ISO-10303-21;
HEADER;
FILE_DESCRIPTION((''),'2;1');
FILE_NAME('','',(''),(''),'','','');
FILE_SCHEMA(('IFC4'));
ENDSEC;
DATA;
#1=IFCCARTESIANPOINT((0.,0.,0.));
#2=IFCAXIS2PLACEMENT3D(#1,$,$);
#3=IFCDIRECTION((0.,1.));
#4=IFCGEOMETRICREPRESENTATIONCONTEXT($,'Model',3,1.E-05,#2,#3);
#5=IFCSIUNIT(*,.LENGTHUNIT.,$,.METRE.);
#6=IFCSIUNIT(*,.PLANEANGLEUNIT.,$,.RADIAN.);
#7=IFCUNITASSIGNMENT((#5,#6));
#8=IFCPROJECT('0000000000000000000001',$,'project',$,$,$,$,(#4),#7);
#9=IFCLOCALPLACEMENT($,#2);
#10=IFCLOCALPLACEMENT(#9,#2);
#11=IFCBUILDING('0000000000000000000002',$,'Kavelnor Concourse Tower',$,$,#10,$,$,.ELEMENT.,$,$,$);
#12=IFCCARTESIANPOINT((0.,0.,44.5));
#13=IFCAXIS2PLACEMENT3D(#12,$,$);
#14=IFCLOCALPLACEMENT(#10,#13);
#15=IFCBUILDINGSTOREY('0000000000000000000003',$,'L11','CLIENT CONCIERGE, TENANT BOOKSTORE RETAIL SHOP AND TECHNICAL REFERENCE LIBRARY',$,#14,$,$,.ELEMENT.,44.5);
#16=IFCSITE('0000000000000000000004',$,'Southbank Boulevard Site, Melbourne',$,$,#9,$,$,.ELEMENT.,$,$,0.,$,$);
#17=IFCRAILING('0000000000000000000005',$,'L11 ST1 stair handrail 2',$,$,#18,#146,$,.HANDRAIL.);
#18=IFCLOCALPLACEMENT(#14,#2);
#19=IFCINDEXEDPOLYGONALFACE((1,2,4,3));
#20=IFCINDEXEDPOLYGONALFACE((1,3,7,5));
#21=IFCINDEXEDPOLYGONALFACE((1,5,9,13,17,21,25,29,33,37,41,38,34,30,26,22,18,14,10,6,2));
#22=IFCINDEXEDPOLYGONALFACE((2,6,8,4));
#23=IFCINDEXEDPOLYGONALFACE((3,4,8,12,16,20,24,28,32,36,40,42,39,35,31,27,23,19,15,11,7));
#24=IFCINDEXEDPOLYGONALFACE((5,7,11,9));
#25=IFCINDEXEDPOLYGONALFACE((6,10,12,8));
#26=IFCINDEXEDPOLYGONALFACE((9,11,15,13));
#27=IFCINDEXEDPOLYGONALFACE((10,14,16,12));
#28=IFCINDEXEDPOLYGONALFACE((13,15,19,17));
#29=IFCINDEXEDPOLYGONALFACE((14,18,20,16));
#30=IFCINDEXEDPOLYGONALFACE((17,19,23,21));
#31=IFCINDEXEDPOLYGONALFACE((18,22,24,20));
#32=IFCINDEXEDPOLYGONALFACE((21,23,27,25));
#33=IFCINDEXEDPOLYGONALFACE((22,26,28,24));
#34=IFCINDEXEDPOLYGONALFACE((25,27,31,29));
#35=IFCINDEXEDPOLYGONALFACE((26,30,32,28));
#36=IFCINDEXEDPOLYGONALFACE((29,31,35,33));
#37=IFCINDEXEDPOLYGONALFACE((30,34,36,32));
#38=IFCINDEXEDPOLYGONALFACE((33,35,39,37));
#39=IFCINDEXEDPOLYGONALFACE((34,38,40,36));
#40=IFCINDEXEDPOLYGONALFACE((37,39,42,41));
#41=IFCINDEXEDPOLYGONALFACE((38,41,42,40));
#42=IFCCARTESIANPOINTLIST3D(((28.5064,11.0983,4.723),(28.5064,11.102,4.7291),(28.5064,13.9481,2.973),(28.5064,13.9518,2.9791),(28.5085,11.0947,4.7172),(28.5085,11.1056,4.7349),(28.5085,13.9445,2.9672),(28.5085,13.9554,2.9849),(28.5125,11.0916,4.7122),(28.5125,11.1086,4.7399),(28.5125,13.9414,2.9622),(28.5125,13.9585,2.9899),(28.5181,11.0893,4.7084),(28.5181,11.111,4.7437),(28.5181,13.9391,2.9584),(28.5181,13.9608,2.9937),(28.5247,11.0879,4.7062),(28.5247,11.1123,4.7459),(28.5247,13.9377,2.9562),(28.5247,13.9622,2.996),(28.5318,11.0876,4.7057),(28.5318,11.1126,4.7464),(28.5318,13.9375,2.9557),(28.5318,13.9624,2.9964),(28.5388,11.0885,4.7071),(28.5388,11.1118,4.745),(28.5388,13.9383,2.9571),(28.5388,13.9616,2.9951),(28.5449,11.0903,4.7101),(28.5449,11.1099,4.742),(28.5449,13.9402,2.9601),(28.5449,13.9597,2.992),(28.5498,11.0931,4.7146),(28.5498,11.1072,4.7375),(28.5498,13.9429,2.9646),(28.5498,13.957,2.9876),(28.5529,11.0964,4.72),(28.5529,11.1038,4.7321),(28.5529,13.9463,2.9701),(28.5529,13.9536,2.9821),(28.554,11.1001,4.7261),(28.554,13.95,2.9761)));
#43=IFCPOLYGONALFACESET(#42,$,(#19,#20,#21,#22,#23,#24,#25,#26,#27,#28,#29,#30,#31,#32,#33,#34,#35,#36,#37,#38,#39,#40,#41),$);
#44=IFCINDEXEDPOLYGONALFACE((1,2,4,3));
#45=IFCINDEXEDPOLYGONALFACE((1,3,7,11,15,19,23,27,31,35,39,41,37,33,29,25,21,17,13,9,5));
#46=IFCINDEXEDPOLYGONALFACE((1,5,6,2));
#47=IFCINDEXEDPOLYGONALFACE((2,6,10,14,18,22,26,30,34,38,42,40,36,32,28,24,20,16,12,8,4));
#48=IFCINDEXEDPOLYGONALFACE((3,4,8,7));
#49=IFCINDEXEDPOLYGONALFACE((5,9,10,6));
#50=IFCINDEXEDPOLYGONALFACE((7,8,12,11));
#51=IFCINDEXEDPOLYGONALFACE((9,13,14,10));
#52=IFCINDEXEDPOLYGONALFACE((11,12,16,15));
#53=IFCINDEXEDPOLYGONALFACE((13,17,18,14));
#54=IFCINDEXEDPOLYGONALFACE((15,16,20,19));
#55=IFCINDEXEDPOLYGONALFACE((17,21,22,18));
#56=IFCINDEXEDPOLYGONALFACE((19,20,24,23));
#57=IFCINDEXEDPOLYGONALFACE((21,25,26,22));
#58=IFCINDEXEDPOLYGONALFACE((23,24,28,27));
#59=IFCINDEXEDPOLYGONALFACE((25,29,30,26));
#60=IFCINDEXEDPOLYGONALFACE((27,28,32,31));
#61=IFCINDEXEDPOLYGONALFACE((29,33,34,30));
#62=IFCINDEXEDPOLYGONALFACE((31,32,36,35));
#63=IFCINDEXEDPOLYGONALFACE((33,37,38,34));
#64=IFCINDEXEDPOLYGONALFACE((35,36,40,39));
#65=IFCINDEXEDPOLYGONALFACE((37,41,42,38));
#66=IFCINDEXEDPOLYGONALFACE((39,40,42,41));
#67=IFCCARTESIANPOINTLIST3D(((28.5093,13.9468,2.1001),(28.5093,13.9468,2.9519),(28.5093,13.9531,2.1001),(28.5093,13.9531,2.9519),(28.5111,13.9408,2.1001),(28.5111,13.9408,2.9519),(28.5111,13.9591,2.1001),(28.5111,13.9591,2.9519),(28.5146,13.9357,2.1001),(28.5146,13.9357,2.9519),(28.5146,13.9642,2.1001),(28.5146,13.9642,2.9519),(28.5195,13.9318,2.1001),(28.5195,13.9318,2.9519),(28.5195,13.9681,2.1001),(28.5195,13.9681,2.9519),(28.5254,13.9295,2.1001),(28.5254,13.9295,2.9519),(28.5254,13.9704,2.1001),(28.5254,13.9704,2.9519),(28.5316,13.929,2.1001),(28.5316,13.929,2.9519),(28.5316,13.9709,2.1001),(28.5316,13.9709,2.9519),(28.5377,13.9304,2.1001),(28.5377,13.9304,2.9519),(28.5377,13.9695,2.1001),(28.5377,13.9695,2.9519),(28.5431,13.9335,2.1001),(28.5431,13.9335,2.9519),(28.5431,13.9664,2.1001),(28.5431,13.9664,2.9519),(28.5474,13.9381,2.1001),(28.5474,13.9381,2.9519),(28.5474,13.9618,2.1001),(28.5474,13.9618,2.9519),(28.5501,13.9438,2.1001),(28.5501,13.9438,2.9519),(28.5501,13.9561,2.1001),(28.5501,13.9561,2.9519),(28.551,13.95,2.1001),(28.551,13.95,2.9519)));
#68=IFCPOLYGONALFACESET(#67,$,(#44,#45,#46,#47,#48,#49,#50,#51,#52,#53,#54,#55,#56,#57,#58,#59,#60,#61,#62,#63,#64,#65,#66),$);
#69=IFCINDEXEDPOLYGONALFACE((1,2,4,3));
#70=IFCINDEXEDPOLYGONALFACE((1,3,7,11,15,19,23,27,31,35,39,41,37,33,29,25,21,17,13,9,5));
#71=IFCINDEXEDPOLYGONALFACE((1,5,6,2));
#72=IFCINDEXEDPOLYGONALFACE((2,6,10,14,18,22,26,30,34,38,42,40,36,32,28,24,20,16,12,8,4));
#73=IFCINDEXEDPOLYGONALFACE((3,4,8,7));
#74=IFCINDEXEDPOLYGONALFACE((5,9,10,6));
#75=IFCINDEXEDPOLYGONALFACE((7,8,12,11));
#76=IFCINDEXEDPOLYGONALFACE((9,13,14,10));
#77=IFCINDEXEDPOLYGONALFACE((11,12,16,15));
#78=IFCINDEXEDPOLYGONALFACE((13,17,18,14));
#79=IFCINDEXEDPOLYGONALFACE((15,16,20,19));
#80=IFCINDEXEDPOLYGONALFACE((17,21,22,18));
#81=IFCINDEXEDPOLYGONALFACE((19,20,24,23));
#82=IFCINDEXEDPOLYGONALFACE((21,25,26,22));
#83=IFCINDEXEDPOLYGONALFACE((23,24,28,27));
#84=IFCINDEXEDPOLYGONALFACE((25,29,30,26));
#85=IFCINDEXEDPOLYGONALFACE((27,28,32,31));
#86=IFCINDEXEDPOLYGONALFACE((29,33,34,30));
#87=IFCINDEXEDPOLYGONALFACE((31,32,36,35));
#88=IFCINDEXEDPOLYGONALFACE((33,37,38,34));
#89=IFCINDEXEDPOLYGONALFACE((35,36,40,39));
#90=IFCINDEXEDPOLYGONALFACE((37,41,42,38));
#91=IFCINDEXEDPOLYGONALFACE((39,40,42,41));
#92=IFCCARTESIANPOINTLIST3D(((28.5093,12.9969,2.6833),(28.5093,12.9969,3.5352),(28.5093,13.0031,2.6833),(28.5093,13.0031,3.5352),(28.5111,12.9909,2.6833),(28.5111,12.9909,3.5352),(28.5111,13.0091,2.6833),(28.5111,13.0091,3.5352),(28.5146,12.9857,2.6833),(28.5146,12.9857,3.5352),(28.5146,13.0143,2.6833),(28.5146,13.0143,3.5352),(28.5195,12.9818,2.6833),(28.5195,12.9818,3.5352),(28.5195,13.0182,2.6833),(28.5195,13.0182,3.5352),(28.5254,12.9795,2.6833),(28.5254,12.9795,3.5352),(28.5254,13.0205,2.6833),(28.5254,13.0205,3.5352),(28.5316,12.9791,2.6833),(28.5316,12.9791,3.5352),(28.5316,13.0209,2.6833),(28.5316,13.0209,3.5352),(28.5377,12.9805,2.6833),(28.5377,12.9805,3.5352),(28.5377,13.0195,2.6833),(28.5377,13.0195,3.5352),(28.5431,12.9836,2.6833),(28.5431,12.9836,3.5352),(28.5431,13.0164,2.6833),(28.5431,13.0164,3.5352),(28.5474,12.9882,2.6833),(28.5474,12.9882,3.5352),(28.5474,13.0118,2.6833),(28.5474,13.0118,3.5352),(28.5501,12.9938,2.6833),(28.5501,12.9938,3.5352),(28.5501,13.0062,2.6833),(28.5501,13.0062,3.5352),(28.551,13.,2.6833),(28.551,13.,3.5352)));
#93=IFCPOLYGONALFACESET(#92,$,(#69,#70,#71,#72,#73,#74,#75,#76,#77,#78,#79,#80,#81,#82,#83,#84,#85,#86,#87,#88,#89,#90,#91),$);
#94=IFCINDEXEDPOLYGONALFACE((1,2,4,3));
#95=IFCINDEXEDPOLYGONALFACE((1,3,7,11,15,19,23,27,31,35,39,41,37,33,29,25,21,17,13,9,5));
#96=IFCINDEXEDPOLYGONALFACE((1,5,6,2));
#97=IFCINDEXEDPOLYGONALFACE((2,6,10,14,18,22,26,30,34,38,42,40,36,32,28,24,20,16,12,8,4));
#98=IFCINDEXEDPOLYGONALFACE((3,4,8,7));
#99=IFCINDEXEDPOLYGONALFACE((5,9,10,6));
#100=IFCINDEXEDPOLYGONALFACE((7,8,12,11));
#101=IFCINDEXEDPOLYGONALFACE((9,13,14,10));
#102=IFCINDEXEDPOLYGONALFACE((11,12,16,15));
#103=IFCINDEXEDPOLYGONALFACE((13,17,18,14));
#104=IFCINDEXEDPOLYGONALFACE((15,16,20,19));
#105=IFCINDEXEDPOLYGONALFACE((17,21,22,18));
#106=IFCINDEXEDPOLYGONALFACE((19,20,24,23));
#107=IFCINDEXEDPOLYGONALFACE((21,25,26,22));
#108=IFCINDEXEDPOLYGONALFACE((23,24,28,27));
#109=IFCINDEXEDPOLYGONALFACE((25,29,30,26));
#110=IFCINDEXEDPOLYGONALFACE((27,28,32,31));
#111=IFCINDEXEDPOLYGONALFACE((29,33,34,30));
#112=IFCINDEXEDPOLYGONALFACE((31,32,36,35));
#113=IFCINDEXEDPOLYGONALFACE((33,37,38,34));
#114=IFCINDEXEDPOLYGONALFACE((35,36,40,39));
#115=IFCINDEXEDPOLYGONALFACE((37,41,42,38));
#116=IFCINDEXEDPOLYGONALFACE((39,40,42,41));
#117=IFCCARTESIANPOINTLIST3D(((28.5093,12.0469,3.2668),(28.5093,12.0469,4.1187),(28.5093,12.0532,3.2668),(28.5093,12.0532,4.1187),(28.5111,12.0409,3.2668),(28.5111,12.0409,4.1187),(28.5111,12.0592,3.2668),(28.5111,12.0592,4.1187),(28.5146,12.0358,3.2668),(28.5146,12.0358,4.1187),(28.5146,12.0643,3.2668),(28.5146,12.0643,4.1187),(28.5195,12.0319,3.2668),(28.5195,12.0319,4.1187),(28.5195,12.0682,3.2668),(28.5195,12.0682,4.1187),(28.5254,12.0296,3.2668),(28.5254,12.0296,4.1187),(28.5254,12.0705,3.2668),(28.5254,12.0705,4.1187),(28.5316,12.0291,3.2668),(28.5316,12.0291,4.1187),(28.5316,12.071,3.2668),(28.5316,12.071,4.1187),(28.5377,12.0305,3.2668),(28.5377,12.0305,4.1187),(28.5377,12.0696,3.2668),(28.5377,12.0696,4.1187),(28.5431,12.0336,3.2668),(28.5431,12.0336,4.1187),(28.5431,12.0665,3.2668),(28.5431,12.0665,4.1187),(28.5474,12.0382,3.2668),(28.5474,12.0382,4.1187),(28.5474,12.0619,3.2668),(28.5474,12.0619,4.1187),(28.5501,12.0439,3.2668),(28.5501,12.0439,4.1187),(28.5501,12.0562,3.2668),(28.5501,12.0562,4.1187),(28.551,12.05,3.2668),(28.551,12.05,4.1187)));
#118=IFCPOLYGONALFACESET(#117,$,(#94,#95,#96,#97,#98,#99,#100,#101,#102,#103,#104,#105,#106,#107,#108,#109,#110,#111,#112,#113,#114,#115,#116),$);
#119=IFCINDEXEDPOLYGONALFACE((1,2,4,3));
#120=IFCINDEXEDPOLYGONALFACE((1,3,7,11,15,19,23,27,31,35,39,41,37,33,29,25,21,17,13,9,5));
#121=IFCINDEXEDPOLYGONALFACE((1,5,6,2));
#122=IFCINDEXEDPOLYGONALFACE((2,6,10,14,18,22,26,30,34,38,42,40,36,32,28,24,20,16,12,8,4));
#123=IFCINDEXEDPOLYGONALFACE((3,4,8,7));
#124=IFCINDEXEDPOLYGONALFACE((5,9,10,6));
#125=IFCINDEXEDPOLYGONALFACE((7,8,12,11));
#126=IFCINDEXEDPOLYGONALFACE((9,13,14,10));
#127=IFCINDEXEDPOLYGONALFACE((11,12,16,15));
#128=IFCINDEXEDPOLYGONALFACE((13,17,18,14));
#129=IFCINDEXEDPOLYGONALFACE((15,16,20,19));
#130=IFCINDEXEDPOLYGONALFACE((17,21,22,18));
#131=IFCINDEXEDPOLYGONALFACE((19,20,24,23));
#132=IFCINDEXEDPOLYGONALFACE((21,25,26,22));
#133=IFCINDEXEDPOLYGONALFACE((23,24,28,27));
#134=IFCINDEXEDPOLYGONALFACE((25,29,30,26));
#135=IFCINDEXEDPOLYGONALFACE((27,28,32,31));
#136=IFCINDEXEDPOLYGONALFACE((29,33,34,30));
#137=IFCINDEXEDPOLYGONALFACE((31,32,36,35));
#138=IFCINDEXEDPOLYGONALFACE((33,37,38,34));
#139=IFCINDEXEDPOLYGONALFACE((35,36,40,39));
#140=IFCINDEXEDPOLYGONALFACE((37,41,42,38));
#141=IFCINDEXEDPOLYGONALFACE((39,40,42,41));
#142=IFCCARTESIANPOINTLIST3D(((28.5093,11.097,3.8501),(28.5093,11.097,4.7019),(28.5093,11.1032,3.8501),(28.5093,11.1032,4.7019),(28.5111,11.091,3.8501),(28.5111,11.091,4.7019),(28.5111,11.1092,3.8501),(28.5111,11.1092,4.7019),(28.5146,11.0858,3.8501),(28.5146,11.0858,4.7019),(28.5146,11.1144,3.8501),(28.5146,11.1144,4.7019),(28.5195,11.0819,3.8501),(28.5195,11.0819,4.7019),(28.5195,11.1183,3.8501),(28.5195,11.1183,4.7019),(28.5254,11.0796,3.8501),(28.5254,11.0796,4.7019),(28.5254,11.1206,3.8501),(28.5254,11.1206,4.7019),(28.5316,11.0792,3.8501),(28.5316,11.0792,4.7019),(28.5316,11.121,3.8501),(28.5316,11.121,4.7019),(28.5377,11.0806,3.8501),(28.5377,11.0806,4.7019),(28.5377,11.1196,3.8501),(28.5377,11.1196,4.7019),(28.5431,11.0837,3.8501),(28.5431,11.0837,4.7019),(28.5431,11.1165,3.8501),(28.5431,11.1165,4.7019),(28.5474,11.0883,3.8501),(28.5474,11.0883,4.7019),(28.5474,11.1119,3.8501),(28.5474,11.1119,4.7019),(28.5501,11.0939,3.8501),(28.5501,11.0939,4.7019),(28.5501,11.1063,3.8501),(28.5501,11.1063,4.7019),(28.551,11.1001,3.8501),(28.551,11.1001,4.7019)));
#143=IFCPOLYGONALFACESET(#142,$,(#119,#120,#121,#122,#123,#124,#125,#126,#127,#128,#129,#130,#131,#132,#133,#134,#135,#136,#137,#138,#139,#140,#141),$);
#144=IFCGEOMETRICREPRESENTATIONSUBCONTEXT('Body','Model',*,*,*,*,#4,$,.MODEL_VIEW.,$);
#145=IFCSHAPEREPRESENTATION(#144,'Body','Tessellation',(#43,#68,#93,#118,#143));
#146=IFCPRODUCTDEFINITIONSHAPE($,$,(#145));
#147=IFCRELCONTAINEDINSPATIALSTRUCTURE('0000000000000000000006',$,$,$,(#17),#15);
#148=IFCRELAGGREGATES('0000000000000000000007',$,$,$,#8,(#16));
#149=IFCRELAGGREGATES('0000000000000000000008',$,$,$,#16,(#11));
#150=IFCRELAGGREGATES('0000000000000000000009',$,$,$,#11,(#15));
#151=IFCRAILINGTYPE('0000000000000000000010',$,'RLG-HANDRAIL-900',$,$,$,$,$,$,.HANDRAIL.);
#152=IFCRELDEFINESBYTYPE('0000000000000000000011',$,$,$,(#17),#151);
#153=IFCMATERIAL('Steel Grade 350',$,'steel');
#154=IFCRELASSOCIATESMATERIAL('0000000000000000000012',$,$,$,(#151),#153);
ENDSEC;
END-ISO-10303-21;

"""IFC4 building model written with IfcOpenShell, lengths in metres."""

from ifc_helpers import new_model, si_unit, direction, frame, origin, origin_2d, place, context, subcontext, project, spatial, circle, extrude, material, type_object, element, save


model = new_model("IFC4")

# Units and contexts
model_context = context("Model", 3, precision=1e-05, world=origin(), true_north=direction((0.0, 1.0)))
body_context = subcontext(model_context, "Body", "Model", "MODEL_VIEW")
ifc_project = project(units=[si_unit("LENGTHUNIT", "METRE"), si_unit("PLANEANGLEUNIT", "RADIAN")], contexts=[model_context])

# Site, building, storey
site_placement = place(None, origin())
site = spatial("IfcSite", under=ifc_project, at=site_placement, Name="Southbank Boulevard Site, Melbourne", CompositionType="ELEMENT", RefElevation=0.0)
building_placement = place(site_placement, origin())
building = spatial("IfcBuilding", under=site, at=building_placement, Name="Kavelnor Concourse Tower", CompositionType="ELEMENT")
storey_placement = place(building_placement, frame((0.0, 0.0, 44.5)))
storey = spatial("IfcBuildingStorey", under=building, at=storey_placement, Name="L11", Description="CLIENT CONCIERGE, TENANT BOOKSTORE RETAIL SHOP AND TECHNICAL REFERENCE LIBRARY", CompositionType="ELEMENT", Elevation=44.5)

# Shared definitions
ifc_material_1 = material(Name="Steel Grade 350", Category="steel")

# Railing
railing_type_1 = type_object("IfcRailingType", Name="RLG-HANDRAIL-900", PredefinedType="HANDRAIL", material=ifc_material_1)
railing_1_placement = place(storey_placement, frame((28.53, 13.95, 2.1001)))
element("IfcRailing", 1, at=railing_1_placement, inside=storey, type_object=railing_type_1, Name="L11 ST1 stair handrail 2", PredefinedType="HANDRAIL", context=body_context, shape_type="SweptSolid", body=[
    extrude(circle(Radius=0.0239, at=origin_2d()), frame((0.0, 0.0, 0.876), z_axis=(0.0, -0.852159, 0.523283), x_axis=(1.0, 0.0, 0.0)), (0.0, 0.0, 1.0), 3.3442),
    extrude(circle(Radius=0.021, at=origin_2d()), origin(), (0.0, 0.0, 1.0), 0.8518),
    extrude(circle(Radius=0.021, at=origin_2d()), frame((0.0, -0.95, 0.5833)), (0.0, 0.0, 1.0), 0.8518),
    extrude(circle(Radius=0.021, at=origin_2d()), frame((0.0, -1.8999, 1.1667)), (0.0, 0.0, 1.0), 0.8518),
    extrude(circle(Radius=0.021, at=origin_2d()), frame((0.0, -2.8499, 1.75)), (0.0, 0.0, 1.0), 0.8518),
])

save(model, "model.ifc")
